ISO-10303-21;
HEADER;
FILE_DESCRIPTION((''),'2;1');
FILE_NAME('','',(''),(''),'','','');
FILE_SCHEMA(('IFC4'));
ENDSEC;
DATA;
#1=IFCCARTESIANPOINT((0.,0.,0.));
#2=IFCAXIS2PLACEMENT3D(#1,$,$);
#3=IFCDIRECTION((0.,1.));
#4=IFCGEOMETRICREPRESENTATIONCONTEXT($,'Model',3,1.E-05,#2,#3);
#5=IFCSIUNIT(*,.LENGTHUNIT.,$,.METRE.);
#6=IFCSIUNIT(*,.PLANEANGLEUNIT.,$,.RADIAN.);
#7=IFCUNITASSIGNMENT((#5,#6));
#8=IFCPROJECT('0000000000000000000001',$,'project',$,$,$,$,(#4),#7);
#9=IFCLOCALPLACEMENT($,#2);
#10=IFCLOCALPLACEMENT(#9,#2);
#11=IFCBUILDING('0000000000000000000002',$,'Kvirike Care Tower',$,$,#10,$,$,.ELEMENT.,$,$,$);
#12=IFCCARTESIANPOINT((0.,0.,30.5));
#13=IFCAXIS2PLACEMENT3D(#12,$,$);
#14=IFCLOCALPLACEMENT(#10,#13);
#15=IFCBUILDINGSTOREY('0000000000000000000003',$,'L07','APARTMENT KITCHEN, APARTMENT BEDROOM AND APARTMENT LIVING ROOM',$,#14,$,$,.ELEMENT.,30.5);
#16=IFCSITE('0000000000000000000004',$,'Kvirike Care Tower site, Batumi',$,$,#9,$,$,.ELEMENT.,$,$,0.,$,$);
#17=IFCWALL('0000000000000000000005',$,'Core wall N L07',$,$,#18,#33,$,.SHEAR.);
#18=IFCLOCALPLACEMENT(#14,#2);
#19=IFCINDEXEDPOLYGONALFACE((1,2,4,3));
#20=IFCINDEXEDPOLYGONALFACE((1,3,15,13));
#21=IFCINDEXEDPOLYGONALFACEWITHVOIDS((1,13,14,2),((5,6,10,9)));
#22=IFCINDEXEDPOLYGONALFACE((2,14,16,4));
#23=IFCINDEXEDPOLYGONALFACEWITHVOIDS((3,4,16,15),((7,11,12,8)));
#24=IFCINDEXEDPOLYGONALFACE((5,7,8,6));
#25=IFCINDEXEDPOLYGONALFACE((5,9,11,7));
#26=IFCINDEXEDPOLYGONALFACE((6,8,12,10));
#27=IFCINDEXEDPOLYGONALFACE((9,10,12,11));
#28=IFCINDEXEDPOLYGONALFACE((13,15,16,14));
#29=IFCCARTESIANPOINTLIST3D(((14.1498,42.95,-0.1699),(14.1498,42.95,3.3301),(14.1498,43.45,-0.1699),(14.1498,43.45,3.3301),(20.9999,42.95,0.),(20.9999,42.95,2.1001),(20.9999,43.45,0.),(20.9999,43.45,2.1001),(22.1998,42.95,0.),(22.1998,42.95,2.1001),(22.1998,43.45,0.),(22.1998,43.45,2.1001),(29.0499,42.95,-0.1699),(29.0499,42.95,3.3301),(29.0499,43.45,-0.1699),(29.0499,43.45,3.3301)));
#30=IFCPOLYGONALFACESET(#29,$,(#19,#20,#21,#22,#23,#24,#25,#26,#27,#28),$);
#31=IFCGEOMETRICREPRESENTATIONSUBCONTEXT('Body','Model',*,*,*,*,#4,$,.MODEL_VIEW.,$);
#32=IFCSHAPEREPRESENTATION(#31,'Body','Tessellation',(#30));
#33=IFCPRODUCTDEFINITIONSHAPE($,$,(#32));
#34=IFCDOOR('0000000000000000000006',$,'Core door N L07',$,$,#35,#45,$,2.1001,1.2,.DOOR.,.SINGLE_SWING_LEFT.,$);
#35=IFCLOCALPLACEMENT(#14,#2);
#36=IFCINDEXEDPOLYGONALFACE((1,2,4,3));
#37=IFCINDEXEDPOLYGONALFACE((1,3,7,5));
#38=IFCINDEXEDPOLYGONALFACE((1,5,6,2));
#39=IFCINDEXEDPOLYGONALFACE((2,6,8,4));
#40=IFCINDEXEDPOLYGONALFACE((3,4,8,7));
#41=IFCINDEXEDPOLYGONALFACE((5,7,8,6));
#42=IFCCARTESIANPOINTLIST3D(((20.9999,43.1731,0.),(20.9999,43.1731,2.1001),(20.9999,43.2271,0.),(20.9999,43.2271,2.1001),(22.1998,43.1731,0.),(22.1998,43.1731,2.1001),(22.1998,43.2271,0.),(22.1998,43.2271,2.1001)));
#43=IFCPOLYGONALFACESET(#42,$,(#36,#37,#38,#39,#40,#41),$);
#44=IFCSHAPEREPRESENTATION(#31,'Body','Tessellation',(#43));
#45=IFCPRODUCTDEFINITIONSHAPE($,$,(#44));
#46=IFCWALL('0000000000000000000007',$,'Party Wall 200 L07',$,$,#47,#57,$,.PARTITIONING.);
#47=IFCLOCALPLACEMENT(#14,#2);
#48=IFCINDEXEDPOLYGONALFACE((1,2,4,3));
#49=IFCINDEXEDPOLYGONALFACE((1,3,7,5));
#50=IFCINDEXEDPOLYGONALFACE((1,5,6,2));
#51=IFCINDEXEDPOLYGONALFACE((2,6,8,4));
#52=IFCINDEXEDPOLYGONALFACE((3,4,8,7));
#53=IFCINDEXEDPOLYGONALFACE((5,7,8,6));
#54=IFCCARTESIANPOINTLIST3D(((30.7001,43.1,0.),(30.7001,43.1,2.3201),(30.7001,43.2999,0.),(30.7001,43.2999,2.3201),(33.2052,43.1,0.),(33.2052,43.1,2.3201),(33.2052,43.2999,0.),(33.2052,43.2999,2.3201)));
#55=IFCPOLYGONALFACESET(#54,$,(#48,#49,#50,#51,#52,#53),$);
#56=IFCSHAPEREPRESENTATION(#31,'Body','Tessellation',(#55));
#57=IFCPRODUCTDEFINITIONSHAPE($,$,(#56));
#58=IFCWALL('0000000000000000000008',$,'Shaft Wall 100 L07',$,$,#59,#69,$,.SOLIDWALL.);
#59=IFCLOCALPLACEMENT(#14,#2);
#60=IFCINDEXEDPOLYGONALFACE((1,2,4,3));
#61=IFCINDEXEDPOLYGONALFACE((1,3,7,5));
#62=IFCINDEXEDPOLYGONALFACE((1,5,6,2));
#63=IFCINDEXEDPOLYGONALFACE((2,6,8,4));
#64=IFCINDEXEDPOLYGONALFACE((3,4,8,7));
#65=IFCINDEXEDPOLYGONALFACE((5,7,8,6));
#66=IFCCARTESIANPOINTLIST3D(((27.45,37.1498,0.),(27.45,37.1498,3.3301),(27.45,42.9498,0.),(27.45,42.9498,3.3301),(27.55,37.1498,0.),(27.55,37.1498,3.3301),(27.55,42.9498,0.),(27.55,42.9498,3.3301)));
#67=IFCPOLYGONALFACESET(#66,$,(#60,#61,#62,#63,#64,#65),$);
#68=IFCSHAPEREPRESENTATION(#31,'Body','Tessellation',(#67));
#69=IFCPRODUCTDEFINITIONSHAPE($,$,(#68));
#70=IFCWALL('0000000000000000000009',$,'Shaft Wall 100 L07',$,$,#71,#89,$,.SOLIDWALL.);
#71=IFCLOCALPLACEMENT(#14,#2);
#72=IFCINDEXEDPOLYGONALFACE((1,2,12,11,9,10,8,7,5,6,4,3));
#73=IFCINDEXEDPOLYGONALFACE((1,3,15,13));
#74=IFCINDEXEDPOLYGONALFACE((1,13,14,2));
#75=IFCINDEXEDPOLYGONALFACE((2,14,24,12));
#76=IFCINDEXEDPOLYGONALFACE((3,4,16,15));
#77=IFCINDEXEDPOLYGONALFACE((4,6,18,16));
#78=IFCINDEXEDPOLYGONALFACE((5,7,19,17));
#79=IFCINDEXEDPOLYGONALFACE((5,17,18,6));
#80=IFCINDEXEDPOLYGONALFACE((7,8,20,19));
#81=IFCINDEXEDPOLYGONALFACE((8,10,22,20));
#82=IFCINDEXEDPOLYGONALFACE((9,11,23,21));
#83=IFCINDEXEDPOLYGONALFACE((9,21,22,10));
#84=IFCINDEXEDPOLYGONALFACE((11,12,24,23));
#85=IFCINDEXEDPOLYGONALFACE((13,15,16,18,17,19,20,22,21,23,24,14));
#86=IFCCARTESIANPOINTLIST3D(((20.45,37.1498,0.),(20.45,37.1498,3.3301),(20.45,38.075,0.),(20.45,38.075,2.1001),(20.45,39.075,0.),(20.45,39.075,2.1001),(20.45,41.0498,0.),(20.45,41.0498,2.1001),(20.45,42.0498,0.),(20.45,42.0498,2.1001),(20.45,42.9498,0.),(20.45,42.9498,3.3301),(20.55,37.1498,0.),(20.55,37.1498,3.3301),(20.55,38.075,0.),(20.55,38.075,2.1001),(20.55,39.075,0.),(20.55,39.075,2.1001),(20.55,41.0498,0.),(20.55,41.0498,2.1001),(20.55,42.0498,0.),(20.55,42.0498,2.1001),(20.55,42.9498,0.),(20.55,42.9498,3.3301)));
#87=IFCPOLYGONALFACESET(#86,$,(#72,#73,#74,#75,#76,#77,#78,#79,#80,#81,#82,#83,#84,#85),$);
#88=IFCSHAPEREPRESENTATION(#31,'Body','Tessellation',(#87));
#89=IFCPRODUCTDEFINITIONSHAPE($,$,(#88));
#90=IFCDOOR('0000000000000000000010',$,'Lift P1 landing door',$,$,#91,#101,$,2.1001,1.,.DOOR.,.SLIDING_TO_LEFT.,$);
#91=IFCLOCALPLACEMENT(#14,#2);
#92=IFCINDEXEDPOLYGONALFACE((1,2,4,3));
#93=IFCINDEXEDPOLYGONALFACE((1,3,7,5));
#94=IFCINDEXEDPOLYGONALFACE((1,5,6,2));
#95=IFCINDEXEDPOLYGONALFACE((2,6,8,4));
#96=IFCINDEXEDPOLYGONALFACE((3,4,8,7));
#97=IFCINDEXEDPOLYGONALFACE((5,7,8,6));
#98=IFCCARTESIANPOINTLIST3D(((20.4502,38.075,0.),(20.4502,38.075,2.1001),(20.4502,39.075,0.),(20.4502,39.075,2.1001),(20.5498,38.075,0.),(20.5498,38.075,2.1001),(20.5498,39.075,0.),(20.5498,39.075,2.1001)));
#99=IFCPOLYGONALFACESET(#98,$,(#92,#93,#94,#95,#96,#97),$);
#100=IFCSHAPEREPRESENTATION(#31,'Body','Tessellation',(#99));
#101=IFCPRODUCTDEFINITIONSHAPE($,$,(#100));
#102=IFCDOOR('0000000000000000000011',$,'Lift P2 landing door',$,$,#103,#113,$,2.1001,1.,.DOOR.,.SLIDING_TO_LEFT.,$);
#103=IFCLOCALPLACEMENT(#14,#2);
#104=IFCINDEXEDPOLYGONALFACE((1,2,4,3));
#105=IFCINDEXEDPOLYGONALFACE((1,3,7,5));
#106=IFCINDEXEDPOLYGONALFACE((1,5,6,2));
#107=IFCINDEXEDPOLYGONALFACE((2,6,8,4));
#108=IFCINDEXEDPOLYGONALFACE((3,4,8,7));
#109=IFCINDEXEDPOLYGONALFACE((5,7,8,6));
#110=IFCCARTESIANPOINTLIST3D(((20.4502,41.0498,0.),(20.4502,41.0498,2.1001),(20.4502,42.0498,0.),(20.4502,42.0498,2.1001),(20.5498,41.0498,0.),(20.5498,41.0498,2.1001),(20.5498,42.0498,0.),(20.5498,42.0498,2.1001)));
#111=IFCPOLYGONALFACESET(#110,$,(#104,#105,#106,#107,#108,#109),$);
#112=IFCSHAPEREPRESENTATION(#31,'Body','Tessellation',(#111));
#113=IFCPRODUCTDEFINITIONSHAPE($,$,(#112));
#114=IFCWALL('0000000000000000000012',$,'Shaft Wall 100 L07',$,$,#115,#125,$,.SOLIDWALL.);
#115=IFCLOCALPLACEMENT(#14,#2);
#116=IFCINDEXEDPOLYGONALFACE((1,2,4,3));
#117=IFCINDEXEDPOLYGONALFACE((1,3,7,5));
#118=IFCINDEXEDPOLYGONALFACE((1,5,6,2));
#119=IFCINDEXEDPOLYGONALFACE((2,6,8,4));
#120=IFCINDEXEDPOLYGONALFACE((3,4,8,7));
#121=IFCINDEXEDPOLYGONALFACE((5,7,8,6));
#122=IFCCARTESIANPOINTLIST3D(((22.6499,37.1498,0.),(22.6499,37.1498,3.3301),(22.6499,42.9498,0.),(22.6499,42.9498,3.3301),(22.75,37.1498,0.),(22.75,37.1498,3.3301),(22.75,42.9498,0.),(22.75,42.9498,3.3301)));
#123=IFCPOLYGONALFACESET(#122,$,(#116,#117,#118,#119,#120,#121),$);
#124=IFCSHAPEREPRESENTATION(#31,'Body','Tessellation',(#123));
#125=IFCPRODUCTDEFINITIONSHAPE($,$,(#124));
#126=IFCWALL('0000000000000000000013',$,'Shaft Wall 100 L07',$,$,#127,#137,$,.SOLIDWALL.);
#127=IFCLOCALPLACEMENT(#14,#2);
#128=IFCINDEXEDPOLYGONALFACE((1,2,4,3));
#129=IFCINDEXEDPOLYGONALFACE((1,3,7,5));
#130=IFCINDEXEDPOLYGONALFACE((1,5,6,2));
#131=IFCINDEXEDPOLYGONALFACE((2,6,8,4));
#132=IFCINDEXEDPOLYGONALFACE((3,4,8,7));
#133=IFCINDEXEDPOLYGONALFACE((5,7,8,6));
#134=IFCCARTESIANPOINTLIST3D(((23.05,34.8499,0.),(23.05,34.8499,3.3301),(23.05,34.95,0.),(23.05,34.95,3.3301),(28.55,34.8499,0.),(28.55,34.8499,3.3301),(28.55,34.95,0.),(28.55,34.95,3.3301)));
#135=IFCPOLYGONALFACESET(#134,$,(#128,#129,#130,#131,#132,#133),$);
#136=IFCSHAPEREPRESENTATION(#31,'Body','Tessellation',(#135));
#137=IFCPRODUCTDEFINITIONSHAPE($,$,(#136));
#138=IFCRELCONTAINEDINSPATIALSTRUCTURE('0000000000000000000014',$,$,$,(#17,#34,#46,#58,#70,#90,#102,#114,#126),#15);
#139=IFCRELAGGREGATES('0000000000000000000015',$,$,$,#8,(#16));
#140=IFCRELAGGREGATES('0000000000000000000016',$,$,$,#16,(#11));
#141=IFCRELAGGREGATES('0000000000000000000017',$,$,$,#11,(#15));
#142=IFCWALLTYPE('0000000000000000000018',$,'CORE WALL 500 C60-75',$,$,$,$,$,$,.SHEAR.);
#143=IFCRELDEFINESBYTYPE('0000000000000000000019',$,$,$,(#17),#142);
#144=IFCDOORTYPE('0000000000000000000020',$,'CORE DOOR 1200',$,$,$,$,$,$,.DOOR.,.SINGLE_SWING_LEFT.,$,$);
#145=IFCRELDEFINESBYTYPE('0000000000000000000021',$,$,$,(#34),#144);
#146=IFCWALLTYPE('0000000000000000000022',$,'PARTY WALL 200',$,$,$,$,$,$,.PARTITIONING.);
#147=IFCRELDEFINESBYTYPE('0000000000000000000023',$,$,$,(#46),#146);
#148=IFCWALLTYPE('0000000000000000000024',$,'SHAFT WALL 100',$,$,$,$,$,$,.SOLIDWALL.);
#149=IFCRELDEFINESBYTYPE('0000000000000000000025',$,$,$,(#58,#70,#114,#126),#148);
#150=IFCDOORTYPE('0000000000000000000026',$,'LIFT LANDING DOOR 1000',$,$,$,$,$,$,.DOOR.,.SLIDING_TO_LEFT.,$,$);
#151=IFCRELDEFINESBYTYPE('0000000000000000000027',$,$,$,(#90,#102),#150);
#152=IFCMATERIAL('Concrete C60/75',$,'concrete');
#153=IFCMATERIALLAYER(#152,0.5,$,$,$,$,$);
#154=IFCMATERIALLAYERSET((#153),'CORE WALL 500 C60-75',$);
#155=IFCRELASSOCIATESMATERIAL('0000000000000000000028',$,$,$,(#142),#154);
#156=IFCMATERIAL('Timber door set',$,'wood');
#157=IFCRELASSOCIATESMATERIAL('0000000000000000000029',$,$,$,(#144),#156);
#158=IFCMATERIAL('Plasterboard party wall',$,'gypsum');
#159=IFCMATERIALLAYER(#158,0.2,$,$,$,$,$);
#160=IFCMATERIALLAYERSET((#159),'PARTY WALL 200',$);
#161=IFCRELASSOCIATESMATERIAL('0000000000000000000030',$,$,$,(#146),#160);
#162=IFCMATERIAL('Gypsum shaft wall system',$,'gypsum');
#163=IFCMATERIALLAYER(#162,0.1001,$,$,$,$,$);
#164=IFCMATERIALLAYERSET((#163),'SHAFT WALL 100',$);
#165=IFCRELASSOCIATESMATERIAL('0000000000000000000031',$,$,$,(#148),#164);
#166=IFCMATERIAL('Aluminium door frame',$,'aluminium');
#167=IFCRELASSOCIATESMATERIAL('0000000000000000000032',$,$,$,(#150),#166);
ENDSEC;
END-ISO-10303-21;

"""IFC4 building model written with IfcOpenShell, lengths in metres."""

from ifc_helpers import new_model, si_unit, direction, frame, frame_2d, origin, place, context, subcontext, project, spatial, rectangle, extrude, material, layer, layer_set, type_object, element, fill, save


model = new_model("IFC4")

# Units and contexts
model_context = context("Model", 3, precision=1e-05, world=origin(), true_north=direction((0.0, 1.0)))
body_context = subcontext(model_context, "Body", "Model", "MODEL_VIEW")
ifc_project = project(units=[si_unit("LENGTHUNIT", "METRE"), si_unit("PLANEANGLEUNIT", "RADIAN")], contexts=[model_context])

# Site, building, storey
site_placement = place(None, origin())
site = spatial("IfcSite", under=ifc_project, at=site_placement, Name="Kvirike Care Tower site, Batumi", CompositionType="ELEMENT", RefElevation=0.0)
building_placement = place(site_placement, origin())
building = spatial("IfcBuilding", under=site, at=building_placement, Name="Kvirike Care Tower", CompositionType="ELEMENT")
storey_placement = place(building_placement, frame((0.0, 0.0, 30.5)))
storey = spatial("IfcBuildingStorey", under=building, at=storey_placement, Name="L07", Description="APARTMENT KITCHEN, APARTMENT BEDROOM AND APARTMENT LIVING ROOM", CompositionType="ELEMENT", Elevation=30.5)

# Wall, opening, door
ifc_material_1 = material(Name="Concrete C60/75", Category="concrete")
ifc_layer_1 = layer(ifc_material_1, 0.5)
ifc_layer_set_1 = layer_set([ifc_layer_1], Name="CORE WALL 500 C60-75")
wall_type_1 = type_object("IfcWallType", Name="CORE WALL 500 C60-75", PredefinedType="SHEAR", material=ifc_layer_set_1)
wall_1_placement = place(storey_placement, frame((29.05, 43.2, -0.1699), z_axis=(0.0, 0.0, 1.0), x_axis=(-1.0, 0.0, 0.0)))
wall_1 = element("IfcWall", 1, at=wall_1_placement, inside=storey, type_object=wall_type_1, Name="Core wall N L07", PredefinedType="SHEAR", context=body_context, shape_type="SweptSolid", body=[
    extrude(rectangle(XDim=14.9001, YDim=0.5, at=frame_2d((7.4502, 0.0))), origin(), (0.0, 0.0, 1.0), 3.5),
])
opening_1_placement = place(wall_1_placement, frame((6.8501, 0.0, 0.1699)))
opening_1 = element("IfcOpeningElement", 2, at=opening_1_placement, cuts=wall_1, PredefinedType="OPENING", context=body_context, shape_type="SweptSolid", body=[
    extrude(rectangle(XDim=1.2, YDim=2.1001, at=frame_2d((0.6001, 1.05))), frame((0.0, 0.2605, 0.0), z_axis=(0.0, -1.0, 0.0), x_axis=(1.0, 0.0, 0.0)), (0.0, 0.0, 1.0), 0.521),
])
ifc_material_2 = material(Name="Timber door set", Category="wood")
door_type_1 = type_object("IfcDoorType", Name="CORE DOOR 1200", OperationType="SINGLE_SWING_LEFT", PredefinedType="DOOR", material=ifc_material_2)
door_1_placement = place(opening_1_placement, origin())
door_1 = element("IfcDoor", 3, at=door_1_placement, inside=storey, type_object=door_type_1, Name="Core door N L07", OperationType="SINGLE_SWING_LEFT", OverallHeight=2.1001, OverallWidth=1.2, PredefinedType="DOOR", context=body_context, shape_type="SweptSolid", body=[
    extrude(rectangle(XDim=1.2, YDim=2.1001, at=frame_2d((0.6001, 1.05))), frame((0.0, 0.0269, 0.0), z_axis=(0.0, -1.0, 0.0), x_axis=(1.0, 0.0, 0.0)), (0.0, 0.0, 1.0), 0.054),
])
fill(opening_1, door_1)

# Walls
ifc_material_3 = material(Name="Plasterboard party wall", Category="gypsum")
ifc_layer_2 = layer(ifc_material_3, 0.2)
ifc_layer_set_2 = layer_set([ifc_layer_2], Name="PARTY WALL 200")
wall_type_2 = type_object("IfcWallType", Name="PARTY WALL 200", PredefinedType="PARTITIONING", material=ifc_layer_set_2)
wall_2_placement = place(storey_placement, frame((33.2051, 43.2, 0.0), z_axis=(0.0, 0.0, 1.0), x_axis=(-1.0, 0.0, 0.0)))
element("IfcWall", 4, at=wall_2_placement, inside=storey, type_object=wall_type_2, Name="Party Wall 200 L07", PredefinedType="PARTITIONING", context=body_context, shape_type="SweptSolid", body=[
    extrude(rectangle(XDim=2.5051, YDim=0.2, at=frame_2d((1.2524, 0.0))), origin(), (0.0, 0.0, 1.0), 2.3201),
])
ifc_material_4 = material(Name="Gypsum shaft wall system", Category="gypsum")
ifc_layer_3 = layer(ifc_material_4, 0.1001)
ifc_layer_set_3 = layer_set([ifc_layer_3], Name="SHAFT WALL 100")
wall_type_3 = type_object("IfcWallType", Name="SHAFT WALL 100", PredefinedType="SOLIDWALL", material=ifc_layer_set_3)
wall_3_placement = place(storey_placement, frame((27.5, 37.1499, 0.0), z_axis=(0.0, 0.0, 1.0), x_axis=(0.0, 1.0, 0.0)))
element("IfcWall", 5, at=wall_3_placement, inside=storey, type_object=wall_type_3, Name="Shaft Wall 100 L07", PredefinedType="SOLIDWALL", context=body_context, shape_type="SweptSolid", body=[
    extrude(rectangle(XDim=5.8, YDim=0.1001, at=frame_2d((2.8999, 0.0))), origin(), (0.0, 0.0, 1.0), 3.3301),
])

# Wall, openings, doors
wall_4_placement = place(storey_placement, frame((20.5, 37.1499, 0.0), z_axis=(0.0, 0.0, 1.0), x_axis=(0.0, 1.0, 0.0)))
wall_4 = element("IfcWall", 6, at=wall_4_placement, inside=storey, type_object=wall_type_3, Name="Shaft Wall 100 L07", PredefinedType="SOLIDWALL", context=body_context, shape_type="SweptSolid", body=[
    extrude(rectangle(XDim=5.8, YDim=0.1001, at=frame_2d((2.8999, 0.0))), origin(), (0.0, 0.0, 1.0), 3.3301),
])
opening_2_placement = place(wall_4_placement, frame((0.925, 0.0, 0.0)))
opening_2 = element("IfcOpeningElement", 7, at=opening_2_placement, cuts=wall_4, PredefinedType="OPENING", context=body_context, shape_type="SweptSolid", body=[
    extrude(rectangle(XDim=1.0, YDim=2.1001, at=frame_2d((0.5, 1.05))), frame((0.0, 0.0605, 0.0), z_axis=(0.0, -1.0, 0.0), x_axis=(1.0, 0.0, 0.0)), (0.0, 0.0, 1.0), 0.1211),
])
opening_3_placement = place(wall_4_placement, frame((3.8999, 0.0, 0.0)))
opening_3 = element("IfcOpeningElement", 8, at=opening_3_placement, cuts=wall_4, PredefinedType="OPENING", context=body_context, shape_type="SweptSolid", body=[
    extrude(rectangle(XDim=1.0, YDim=2.1001, at=frame_2d((0.5, 1.05))), frame((0.0, 0.0605, 0.0), z_axis=(0.0, -1.0, 0.0), x_axis=(1.0, 0.0, 0.0)), (0.0, 0.0, 1.0), 0.1211),
])
ifc_material_5 = material(Name="Aluminium door frame", Category="aluminium")
door_type_2 = type_object("IfcDoorType", Name="LIFT LANDING DOOR 1000", OperationType="SLIDING_TO_LEFT", PredefinedType="DOOR", material=ifc_material_5)
door_2_placement = place(opening_2_placement, origin())
door_2 = element("IfcDoor", 9, at=door_2_placement, inside=storey, type_object=door_type_2, Name="Lift P1 landing door", OperationType="SLIDING_TO_LEFT", OverallHeight=2.1001, OverallWidth=1.0, PredefinedType="DOOR", context=body_context, shape_type="SweptSolid", body=[
    extrude(rectangle(XDim=1.0, YDim=2.1001, at=frame_2d((0.5, 1.05))), frame((0.0, 0.0498, 0.0), z_axis=(0.0, -1.0, 0.0), x_axis=(1.0, 0.0, 0.0)), (0.0, 0.0, 1.0), 0.0996),
])
fill(opening_2, door_2)
door_3_placement = place(opening_3_placement, origin())
door_3 = element("IfcDoor", 10, at=door_3_placement, inside=storey, type_object=door_type_2, Name="Lift P2 landing door", OperationType="SLIDING_TO_LEFT", OverallHeight=2.1001, OverallWidth=1.0, PredefinedType="DOOR", context=body_context, shape_type="SweptSolid", body=[
    extrude(rectangle(XDim=1.0, YDim=2.1001, at=frame_2d((0.5, 1.05))), frame((0.0, 0.0498, 0.0), z_axis=(0.0, -1.0, 0.0), x_axis=(1.0, 0.0, 0.0)), (0.0, 0.0, 1.0), 0.0996),
])
fill(opening_3, door_3)

# Walls
wall_5_placement = place(storey_placement, frame((22.7, 37.1499, 0.0), z_axis=(0.0, 0.0, 1.0), x_axis=(0.0, 1.0, 0.0)))
element("IfcWall", 11, at=wall_5_placement, inside=storey, type_object=wall_type_3, Name="Shaft Wall 100 L07", PredefinedType="SOLIDWALL", context=body_context, shape_type="SweptSolid", body=[
    extrude(rectangle(XDim=5.8, YDim=0.1001, at=frame_2d((2.8999, 0.0))), origin(), (0.0, 0.0, 1.0), 3.3301),
])
wall_6_placement = place(storey_placement, frame((23.05, 34.8999, 0.0), z_axis=(0.0, 0.0, 1.0), x_axis=(1.0, 0.0, 0.0)))
element("IfcWall", 12, at=wall_6_placement, inside=storey, type_object=wall_type_3, Name="Shaft Wall 100 L07", PredefinedType="SOLIDWALL", context=body_context, shape_type="SweptSolid", body=[
    extrude(rectangle(XDim=5.5, YDim=0.1001, at=frame_2d((2.75, 0.0))), origin(), (0.0, 0.0, 1.0), 3.3301),
])

save(model, "model.ifc")
